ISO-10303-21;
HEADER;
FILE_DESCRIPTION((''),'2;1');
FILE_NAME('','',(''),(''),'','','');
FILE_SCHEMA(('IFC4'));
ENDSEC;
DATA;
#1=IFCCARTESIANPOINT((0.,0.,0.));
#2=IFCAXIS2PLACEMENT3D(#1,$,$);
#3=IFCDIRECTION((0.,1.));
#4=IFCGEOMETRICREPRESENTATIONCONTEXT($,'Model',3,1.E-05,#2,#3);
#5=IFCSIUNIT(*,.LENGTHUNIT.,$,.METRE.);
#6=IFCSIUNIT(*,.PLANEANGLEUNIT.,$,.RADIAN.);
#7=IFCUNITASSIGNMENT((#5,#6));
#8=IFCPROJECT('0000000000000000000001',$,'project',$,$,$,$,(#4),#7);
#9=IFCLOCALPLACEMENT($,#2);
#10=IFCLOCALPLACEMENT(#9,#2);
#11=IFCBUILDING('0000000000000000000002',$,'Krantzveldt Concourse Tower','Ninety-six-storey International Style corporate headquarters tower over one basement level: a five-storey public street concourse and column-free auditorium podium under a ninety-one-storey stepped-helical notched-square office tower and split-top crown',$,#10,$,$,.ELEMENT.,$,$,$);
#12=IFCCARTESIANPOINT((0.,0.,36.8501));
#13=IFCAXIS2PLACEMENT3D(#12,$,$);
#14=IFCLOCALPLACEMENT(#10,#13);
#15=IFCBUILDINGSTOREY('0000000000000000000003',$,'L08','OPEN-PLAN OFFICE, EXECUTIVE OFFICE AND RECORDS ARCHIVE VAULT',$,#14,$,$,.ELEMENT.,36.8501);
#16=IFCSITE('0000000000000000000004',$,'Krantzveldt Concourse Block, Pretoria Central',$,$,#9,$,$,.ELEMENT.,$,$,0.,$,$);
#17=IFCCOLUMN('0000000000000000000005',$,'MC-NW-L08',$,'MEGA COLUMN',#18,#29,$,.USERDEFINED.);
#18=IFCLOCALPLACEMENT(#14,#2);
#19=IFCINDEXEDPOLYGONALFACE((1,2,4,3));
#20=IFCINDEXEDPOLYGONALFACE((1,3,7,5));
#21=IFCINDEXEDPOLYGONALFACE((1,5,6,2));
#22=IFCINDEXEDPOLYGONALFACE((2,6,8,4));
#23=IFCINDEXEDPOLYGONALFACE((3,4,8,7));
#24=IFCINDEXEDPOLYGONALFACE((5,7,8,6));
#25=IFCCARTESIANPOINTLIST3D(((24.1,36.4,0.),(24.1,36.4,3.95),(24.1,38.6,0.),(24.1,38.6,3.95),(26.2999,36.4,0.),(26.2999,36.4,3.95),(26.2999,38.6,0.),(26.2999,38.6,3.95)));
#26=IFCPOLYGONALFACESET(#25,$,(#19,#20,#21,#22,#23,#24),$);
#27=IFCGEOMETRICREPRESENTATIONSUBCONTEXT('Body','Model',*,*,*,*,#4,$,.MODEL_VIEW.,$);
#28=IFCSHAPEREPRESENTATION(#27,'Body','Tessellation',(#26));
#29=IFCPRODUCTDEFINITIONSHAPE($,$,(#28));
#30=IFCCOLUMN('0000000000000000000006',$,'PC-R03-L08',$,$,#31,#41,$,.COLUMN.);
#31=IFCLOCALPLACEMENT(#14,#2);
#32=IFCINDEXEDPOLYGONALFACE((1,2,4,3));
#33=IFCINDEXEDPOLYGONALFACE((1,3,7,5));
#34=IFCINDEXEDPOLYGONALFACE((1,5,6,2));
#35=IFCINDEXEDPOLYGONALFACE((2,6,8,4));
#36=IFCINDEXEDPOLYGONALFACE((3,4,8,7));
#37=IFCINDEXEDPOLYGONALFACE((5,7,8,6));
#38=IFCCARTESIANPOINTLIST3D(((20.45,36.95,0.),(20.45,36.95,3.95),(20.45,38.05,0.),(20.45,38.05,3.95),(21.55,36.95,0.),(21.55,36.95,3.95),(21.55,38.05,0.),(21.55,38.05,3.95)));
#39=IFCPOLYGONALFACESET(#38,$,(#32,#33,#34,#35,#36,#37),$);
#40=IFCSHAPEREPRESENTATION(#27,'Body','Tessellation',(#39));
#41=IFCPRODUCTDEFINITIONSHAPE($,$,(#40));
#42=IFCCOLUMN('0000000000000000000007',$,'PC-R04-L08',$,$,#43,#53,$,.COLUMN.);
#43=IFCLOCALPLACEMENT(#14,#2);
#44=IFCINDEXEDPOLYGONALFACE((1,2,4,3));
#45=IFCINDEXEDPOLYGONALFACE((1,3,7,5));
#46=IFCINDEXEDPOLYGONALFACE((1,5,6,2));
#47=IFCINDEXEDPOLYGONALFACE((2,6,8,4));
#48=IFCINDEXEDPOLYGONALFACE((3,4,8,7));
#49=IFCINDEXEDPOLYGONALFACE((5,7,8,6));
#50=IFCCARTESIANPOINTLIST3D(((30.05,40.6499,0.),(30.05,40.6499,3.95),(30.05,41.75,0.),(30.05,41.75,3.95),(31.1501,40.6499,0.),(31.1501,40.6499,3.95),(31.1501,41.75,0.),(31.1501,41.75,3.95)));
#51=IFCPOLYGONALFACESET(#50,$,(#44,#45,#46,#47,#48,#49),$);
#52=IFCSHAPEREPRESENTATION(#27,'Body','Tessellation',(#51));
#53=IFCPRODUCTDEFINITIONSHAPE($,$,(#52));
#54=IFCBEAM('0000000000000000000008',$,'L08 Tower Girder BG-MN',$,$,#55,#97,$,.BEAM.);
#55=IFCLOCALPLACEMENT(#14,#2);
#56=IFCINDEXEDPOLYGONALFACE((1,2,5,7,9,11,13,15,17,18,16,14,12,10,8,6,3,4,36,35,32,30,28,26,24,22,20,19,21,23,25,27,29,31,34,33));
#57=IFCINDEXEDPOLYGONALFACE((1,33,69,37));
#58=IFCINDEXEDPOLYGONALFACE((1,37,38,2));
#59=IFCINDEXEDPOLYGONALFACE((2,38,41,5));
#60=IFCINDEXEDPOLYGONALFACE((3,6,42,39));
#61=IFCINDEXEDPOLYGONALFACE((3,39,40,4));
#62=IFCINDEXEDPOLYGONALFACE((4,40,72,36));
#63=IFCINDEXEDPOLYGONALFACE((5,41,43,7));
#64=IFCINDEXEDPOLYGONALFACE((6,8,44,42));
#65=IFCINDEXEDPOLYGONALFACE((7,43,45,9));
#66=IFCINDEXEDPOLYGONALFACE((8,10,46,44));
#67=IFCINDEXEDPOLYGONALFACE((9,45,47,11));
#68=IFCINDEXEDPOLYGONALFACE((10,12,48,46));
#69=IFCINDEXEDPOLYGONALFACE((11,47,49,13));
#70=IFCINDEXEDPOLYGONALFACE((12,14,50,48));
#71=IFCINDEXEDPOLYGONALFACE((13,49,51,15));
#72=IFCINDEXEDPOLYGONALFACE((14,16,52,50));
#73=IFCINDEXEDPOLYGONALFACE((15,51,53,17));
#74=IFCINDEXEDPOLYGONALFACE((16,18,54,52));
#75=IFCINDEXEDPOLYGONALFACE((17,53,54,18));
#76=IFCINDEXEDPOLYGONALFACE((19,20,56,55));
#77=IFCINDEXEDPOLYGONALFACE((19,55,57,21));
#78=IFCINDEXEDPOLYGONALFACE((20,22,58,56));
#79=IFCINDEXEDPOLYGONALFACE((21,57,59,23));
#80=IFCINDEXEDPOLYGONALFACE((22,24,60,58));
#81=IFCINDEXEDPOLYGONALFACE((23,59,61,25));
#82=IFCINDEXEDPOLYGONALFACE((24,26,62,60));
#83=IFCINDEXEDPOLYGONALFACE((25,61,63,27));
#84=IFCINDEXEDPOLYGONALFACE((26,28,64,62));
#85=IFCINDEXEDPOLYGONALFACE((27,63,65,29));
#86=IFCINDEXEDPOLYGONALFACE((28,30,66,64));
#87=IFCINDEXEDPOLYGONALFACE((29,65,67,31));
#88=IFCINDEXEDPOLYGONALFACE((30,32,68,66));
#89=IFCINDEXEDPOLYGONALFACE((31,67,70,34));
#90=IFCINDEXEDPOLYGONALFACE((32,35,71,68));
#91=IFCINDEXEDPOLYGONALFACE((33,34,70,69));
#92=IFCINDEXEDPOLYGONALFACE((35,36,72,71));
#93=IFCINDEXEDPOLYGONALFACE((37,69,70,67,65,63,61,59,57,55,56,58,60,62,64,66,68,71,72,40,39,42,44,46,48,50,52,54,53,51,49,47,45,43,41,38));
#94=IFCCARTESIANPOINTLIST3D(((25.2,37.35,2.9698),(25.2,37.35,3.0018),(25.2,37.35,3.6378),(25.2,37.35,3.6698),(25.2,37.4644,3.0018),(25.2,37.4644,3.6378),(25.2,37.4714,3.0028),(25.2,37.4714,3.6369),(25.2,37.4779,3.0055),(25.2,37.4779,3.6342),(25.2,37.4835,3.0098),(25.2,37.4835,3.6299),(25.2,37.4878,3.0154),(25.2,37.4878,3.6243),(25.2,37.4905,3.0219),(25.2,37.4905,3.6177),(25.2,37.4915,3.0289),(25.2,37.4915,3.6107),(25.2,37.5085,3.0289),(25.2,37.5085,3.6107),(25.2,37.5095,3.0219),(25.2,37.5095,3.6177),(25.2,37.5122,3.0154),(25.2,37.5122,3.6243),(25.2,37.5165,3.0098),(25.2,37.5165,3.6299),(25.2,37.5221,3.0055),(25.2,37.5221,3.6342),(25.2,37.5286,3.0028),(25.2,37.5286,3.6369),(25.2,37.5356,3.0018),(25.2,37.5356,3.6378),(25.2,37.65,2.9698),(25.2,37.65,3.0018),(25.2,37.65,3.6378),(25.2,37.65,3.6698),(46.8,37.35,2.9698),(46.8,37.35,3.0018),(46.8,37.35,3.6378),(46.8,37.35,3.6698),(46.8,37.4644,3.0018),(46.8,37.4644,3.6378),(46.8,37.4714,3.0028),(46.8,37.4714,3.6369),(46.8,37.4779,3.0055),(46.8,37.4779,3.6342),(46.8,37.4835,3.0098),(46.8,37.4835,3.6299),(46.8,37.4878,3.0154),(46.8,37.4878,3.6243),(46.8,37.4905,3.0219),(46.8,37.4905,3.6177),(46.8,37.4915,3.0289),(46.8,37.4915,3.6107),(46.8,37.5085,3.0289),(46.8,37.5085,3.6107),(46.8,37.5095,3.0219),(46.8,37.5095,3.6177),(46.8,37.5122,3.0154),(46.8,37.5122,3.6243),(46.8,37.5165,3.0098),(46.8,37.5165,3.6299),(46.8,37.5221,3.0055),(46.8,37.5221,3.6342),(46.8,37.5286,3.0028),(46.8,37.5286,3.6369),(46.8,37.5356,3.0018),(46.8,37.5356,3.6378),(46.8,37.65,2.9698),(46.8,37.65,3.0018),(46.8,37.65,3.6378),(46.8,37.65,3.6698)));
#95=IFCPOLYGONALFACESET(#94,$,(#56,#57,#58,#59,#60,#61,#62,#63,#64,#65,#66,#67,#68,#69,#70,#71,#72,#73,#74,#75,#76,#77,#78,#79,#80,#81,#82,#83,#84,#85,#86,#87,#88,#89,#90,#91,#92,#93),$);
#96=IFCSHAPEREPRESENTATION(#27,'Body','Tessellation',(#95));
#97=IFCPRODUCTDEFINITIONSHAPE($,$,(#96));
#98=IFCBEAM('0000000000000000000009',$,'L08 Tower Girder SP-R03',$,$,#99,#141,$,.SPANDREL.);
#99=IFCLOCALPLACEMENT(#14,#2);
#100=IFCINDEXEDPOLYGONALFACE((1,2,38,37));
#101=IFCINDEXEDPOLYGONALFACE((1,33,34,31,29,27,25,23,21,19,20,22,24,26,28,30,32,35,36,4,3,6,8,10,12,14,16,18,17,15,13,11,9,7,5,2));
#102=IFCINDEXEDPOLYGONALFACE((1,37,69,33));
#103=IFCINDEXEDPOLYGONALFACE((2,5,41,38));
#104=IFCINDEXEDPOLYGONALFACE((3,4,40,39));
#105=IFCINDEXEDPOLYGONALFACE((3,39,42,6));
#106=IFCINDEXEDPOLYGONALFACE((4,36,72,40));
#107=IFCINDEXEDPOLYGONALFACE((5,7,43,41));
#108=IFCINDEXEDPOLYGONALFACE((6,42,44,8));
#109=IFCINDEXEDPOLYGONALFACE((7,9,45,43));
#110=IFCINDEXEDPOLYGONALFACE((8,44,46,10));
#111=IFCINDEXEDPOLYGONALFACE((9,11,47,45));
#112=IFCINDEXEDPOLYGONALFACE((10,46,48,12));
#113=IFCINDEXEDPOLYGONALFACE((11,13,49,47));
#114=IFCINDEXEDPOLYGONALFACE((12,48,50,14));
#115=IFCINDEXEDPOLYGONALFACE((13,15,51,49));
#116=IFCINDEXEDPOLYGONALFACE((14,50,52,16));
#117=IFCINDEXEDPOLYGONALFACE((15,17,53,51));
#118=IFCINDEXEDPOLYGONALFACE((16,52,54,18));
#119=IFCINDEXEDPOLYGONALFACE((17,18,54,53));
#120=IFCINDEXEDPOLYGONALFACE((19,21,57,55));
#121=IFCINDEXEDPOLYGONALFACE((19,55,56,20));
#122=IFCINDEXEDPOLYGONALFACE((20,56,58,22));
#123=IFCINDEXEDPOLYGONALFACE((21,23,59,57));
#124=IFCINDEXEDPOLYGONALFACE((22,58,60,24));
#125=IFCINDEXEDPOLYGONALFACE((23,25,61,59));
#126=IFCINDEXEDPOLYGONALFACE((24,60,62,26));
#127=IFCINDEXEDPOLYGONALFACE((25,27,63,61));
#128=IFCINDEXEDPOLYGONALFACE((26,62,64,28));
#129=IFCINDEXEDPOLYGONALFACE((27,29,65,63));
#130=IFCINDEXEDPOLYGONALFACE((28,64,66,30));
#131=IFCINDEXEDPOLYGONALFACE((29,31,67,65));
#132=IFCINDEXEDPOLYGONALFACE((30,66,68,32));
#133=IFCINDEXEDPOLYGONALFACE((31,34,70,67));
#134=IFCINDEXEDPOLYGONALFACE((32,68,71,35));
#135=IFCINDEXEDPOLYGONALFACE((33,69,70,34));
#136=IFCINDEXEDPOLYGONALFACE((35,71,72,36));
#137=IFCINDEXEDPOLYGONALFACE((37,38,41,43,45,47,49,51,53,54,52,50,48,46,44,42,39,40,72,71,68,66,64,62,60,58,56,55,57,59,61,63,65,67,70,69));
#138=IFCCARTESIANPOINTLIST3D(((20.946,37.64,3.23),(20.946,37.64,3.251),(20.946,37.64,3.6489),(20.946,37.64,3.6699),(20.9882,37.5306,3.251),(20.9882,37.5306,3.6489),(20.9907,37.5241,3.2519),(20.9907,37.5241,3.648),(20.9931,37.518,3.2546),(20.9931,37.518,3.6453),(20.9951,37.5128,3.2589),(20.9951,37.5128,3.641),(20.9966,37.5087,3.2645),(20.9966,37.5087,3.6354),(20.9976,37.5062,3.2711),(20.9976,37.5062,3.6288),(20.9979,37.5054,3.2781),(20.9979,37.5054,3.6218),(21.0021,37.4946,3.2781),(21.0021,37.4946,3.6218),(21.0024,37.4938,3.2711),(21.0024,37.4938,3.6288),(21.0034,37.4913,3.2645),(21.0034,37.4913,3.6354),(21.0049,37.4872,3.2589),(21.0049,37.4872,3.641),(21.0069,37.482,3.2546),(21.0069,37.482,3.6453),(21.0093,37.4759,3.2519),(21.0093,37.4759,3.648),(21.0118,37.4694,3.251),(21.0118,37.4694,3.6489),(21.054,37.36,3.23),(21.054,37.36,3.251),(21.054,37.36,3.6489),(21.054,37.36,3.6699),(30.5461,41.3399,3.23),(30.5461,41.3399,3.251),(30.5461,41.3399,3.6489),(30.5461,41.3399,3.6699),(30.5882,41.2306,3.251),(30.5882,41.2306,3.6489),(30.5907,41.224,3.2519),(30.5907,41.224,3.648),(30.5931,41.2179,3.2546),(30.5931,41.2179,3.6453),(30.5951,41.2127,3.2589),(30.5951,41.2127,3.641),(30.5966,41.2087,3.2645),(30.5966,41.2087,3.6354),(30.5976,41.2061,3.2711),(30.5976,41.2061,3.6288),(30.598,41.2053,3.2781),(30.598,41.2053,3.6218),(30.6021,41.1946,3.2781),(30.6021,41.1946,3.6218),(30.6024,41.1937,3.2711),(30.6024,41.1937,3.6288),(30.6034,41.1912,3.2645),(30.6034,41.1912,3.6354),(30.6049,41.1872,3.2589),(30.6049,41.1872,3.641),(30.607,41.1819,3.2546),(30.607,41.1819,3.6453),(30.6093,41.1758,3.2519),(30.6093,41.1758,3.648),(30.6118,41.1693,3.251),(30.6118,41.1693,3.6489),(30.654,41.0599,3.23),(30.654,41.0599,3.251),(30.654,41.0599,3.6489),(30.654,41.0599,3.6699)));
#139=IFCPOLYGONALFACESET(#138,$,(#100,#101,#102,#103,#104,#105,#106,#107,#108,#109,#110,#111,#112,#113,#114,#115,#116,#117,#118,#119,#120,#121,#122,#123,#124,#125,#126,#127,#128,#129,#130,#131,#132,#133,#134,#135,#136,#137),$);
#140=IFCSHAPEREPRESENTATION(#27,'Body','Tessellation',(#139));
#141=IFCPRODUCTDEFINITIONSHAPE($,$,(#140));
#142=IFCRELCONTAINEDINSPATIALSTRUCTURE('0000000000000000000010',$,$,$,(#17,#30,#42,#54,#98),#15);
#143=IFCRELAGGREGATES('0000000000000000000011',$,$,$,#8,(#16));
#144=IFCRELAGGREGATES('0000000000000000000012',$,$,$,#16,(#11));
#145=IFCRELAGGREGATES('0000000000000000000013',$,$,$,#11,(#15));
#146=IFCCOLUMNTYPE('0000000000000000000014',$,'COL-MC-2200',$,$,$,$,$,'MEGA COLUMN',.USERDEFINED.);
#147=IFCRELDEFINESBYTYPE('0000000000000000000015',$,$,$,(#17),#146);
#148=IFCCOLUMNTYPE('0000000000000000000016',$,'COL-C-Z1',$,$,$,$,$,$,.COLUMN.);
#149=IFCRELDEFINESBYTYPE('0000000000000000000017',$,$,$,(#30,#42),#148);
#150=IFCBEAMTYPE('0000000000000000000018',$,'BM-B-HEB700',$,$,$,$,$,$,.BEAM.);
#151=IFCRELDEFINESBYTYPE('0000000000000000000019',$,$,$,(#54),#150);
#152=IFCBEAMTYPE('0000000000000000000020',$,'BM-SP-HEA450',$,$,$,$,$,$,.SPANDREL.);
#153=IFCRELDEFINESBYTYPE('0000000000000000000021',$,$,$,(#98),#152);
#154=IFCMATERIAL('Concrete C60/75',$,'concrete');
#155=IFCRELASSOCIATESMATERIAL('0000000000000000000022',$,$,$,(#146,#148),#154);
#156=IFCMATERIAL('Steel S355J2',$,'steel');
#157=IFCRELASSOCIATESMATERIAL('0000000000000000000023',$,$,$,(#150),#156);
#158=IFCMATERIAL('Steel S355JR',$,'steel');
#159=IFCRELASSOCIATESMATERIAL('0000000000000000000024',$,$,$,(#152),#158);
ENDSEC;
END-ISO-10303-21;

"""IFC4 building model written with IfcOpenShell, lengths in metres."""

from ifc_helpers import new_model, si_unit, direction, frame, origin, origin_2d, place, context, subcontext, project, spatial, rectangle, i_section, extrude, source, transform, mapped, material, material_profile, profile_set, type_object, type_shapes, element, save


model = new_model("IFC4")

# Units and contexts
model_context = context("Model", 3, precision=1e-05, world=origin(), true_north=direction((0.0, 1.0)))
body_context = subcontext(model_context, "Body", "Model", "MODEL_VIEW")
ifc_project = project(units=[si_unit("LENGTHUNIT", "METRE"), si_unit("PLANEANGLEUNIT", "RADIAN")], contexts=[model_context])

# Site, building, storey
site_placement = place(None, origin())
site = spatial("IfcSite", under=ifc_project, at=site_placement, Name="Krantzveldt Concourse Block, Pretoria Central", CompositionType="ELEMENT", RefElevation=0.0)
building_placement = place(site_placement, origin())
building = spatial("IfcBuilding", under=site, at=building_placement, Name="Krantzveldt Concourse Tower", Description="Ninety-six-storey International Style corporate headquarters tower over one basement level: a five-storey public street concourse and column-free auditorium podium under a ninety-one-storey stepped-helical notched-square office tower and split-top crown", CompositionType="ELEMENT")
storey_placement = place(building_placement, frame((0.0, 0.0, 36.8501)))
storey = spatial("IfcBuildingStorey", under=building, at=storey_placement, Name="L08", Description="OPEN-PLAN OFFICE, EXECUTIVE OFFICE AND RECORDS ARCHIVE VAULT", CompositionType="ELEMENT", Elevation=36.8501)

# Columns
ifc_material_1 = material(Name="Concrete C60/75", Category="concrete")
ifc_material_profile_1 = material_profile(ifc_material_1, rectangle(XDim=2.2, YDim=2.2, at=origin_2d()), Name="Concrete C60/75", Category="concrete")
ifc_profile_set_1 = profile_set([ifc_material_profile_1], Name="Concrete C60/75 - RC 2200x2200")
column_type_1 = type_object("IfcColumnType", Name="COL-MC-2200", ElementType="MEGA COLUMN", PredefinedType="USERDEFINED", material=ifc_profile_set_1)
shared_shape_1 = source(origin(), body_context, "Body", "SweptSolid", [
    extrude(rectangle(XDim=2.2, YDim=2.2, at=origin_2d()), origin(), (0.0, 0.0, 1.0), 3.95),
])
type_shapes(column_type_1, [shared_shape_1])
column_placement = place(storey_placement, frame((25.2, 37.5, 0.0), z_axis=(0.0, 0.0, 1.0), x_axis=(1.0, 0.0, 0.0)))
element("IfcColumn", 1, at=column_placement, inside=storey, type_object=column_type_1, Name="MC-NW-L08", ObjectType="MEGA COLUMN", PredefinedType="USERDEFINED", context=body_context, shape_type="MappedRepresentation", body=[
    mapped(shared_shape_1, transform((0.0, 0.0, 0.0), x_axis=(1.0, 0.0, 0.0), y_axis=(0.0, 1.0, 0.0), z_axis=(0.0, 0.0, 1.0), scale=1.0)),
])
ifc_material_profile_2 = material_profile(ifc_material_1, rectangle(XDim=1.1001, YDim=1.1001, at=origin_2d()), Name="Concrete C60/75", Category="concrete")
ifc_profile_set_2 = profile_set([ifc_material_profile_2], Name="Concrete C60/75 - RC 1100x1100")
column_type_2 = type_object("IfcColumnType", Name="COL-C-Z1", PredefinedType="COLUMN", material=ifc_profile_set_2)
shared_shape_2 = source(origin(), body_context, "Body", "SweptSolid", [
    extrude(rectangle(XDim=1.1001, YDim=1.1001, at=origin_2d()), origin(), (0.0, 0.0, 1.0), 3.95),
])
type_shapes(column_type_2, [shared_shape_2])
for number, where, z_axis, x_axis, name in (
    (2, (21.0, 37.5, 0.0), (0.0, 0.0, 1.0), (1.0, 0.0, 0.0), "PC-R03-L08"),
    (3, (30.6001, 41.2, 0.0), (0.0, 0.0, 1.0), (1.0, 0.0, 0.0), "PC-R04-L08"),
):
    element("IfcColumn", number, at=place(storey_placement, frame(where, z_axis=z_axis, x_axis=x_axis)), inside=storey, type_object=column_type_2, Name=name, PredefinedType="COLUMN", context=body_context, shape_type="MappedRepresentation", body=[
        mapped(shared_shape_2, transform((0.0, 0.0, 0.0), x_axis=(1.0, 0.0, 0.0), y_axis=(0.0, 1.0, 0.0), z_axis=(0.0, 0.0, 1.0), scale=1.0)),
    ])

# Beams
ifc_material_2 = material(Name="Steel S355J2", Category="steel")
ifc_material_profile_3 = material_profile(ifc_material_2, i_section(OverallWidth=0.3, OverallDepth=0.7, WebThickness=0.0171, FlangeThickness=0.032, FilletRadius=0.0271, at=origin_2d()), Name="Steel S355J2", Category="steel")
ifc_profile_set_3 = profile_set([ifc_material_profile_3], Name="Steel S355J2 - HEB 700")
beam_type_1 = type_object("IfcBeamType", Name="BM-B-HEB700", PredefinedType="BEAM", material=ifc_profile_set_3)
shared_shape_3 = source(origin(), body_context, "Body", "SweptSolid", [
    extrude(i_section(OverallWidth=0.3, OverallDepth=0.7, WebThickness=0.0171, FlangeThickness=0.032, FilletRadius=0.0271, at=origin_2d()), origin(), (0.0, 0.0, 1.0), 21.6001),
])
type_shapes(beam_type_1, [shared_shape_3])
beam_1_placement = place(storey_placement, frame((25.2, 37.5, 3.3198), z_axis=(1.0, 0.0, 0.0), x_axis=(0.0, 1.0, 0.0)))
element("IfcBeam", 4, at=beam_1_placement, inside=storey, type_object=beam_type_1, Name="L08 Tower Girder BG-MN", PredefinedType="BEAM", context=body_context, shape_type="MappedRepresentation", body=[
    mapped(shared_shape_3, transform((0.0, 0.0, 0.0), x_axis=(1.0, 0.0, 0.0), y_axis=(0.0, 1.0, 0.0), z_axis=(0.0, 0.0, 1.0), scale=1.0)),
])
ifc_material_3 = material(Name="Steel S355JR", Category="steel")
ifc_material_profile_4 = material_profile(ifc_material_3, i_section(OverallWidth=0.3, OverallDepth=0.4399, WebThickness=0.0115, FlangeThickness=0.021, FilletRadius=0.0271, at=origin_2d()), Name="Steel S355JR", Category="steel")
ifc_profile_set_4 = profile_set([ifc_material_profile_4], Name="Steel S355JR - HEA 450")
beam_type_2 = type_object("IfcBeamType", Name="BM-SP-HEA450", PredefinedType="SPANDREL", material=ifc_profile_set_4)
shared_shape_4 = source(origin(), body_context, "Body", "SweptSolid", [
    extrude(i_section(OverallWidth=0.3, OverallDepth=0.4399, WebThickness=0.0115, FlangeThickness=0.021, FilletRadius=0.0271, at=origin_2d()), origin(), (0.0, 0.0, 1.0), 10.2883),
])
beam_2_placement = place(storey_placement, frame((21.0, 37.5, 3.45), z_axis=(0.933098, 0.359623, 0.0), x_axis=(-0.359623, 0.933098, 0.0)))
element("IfcBeam", 5, at=beam_2_placement, inside=storey, type_object=beam_type_2, Name="L08 Tower Girder SP-R03", PredefinedType="SPANDREL", context=body_context, shape_type="MappedRepresentation", body=[
    mapped(shared_shape_4, transform((0.0, 0.0, 0.0), x_axis=(1.0, 0.0, 0.0), y_axis=(0.0, 1.0, 0.0), z_axis=(0.0, 0.0, 1.0), scale=1.0)),
])

save(model, "model.ifc")
